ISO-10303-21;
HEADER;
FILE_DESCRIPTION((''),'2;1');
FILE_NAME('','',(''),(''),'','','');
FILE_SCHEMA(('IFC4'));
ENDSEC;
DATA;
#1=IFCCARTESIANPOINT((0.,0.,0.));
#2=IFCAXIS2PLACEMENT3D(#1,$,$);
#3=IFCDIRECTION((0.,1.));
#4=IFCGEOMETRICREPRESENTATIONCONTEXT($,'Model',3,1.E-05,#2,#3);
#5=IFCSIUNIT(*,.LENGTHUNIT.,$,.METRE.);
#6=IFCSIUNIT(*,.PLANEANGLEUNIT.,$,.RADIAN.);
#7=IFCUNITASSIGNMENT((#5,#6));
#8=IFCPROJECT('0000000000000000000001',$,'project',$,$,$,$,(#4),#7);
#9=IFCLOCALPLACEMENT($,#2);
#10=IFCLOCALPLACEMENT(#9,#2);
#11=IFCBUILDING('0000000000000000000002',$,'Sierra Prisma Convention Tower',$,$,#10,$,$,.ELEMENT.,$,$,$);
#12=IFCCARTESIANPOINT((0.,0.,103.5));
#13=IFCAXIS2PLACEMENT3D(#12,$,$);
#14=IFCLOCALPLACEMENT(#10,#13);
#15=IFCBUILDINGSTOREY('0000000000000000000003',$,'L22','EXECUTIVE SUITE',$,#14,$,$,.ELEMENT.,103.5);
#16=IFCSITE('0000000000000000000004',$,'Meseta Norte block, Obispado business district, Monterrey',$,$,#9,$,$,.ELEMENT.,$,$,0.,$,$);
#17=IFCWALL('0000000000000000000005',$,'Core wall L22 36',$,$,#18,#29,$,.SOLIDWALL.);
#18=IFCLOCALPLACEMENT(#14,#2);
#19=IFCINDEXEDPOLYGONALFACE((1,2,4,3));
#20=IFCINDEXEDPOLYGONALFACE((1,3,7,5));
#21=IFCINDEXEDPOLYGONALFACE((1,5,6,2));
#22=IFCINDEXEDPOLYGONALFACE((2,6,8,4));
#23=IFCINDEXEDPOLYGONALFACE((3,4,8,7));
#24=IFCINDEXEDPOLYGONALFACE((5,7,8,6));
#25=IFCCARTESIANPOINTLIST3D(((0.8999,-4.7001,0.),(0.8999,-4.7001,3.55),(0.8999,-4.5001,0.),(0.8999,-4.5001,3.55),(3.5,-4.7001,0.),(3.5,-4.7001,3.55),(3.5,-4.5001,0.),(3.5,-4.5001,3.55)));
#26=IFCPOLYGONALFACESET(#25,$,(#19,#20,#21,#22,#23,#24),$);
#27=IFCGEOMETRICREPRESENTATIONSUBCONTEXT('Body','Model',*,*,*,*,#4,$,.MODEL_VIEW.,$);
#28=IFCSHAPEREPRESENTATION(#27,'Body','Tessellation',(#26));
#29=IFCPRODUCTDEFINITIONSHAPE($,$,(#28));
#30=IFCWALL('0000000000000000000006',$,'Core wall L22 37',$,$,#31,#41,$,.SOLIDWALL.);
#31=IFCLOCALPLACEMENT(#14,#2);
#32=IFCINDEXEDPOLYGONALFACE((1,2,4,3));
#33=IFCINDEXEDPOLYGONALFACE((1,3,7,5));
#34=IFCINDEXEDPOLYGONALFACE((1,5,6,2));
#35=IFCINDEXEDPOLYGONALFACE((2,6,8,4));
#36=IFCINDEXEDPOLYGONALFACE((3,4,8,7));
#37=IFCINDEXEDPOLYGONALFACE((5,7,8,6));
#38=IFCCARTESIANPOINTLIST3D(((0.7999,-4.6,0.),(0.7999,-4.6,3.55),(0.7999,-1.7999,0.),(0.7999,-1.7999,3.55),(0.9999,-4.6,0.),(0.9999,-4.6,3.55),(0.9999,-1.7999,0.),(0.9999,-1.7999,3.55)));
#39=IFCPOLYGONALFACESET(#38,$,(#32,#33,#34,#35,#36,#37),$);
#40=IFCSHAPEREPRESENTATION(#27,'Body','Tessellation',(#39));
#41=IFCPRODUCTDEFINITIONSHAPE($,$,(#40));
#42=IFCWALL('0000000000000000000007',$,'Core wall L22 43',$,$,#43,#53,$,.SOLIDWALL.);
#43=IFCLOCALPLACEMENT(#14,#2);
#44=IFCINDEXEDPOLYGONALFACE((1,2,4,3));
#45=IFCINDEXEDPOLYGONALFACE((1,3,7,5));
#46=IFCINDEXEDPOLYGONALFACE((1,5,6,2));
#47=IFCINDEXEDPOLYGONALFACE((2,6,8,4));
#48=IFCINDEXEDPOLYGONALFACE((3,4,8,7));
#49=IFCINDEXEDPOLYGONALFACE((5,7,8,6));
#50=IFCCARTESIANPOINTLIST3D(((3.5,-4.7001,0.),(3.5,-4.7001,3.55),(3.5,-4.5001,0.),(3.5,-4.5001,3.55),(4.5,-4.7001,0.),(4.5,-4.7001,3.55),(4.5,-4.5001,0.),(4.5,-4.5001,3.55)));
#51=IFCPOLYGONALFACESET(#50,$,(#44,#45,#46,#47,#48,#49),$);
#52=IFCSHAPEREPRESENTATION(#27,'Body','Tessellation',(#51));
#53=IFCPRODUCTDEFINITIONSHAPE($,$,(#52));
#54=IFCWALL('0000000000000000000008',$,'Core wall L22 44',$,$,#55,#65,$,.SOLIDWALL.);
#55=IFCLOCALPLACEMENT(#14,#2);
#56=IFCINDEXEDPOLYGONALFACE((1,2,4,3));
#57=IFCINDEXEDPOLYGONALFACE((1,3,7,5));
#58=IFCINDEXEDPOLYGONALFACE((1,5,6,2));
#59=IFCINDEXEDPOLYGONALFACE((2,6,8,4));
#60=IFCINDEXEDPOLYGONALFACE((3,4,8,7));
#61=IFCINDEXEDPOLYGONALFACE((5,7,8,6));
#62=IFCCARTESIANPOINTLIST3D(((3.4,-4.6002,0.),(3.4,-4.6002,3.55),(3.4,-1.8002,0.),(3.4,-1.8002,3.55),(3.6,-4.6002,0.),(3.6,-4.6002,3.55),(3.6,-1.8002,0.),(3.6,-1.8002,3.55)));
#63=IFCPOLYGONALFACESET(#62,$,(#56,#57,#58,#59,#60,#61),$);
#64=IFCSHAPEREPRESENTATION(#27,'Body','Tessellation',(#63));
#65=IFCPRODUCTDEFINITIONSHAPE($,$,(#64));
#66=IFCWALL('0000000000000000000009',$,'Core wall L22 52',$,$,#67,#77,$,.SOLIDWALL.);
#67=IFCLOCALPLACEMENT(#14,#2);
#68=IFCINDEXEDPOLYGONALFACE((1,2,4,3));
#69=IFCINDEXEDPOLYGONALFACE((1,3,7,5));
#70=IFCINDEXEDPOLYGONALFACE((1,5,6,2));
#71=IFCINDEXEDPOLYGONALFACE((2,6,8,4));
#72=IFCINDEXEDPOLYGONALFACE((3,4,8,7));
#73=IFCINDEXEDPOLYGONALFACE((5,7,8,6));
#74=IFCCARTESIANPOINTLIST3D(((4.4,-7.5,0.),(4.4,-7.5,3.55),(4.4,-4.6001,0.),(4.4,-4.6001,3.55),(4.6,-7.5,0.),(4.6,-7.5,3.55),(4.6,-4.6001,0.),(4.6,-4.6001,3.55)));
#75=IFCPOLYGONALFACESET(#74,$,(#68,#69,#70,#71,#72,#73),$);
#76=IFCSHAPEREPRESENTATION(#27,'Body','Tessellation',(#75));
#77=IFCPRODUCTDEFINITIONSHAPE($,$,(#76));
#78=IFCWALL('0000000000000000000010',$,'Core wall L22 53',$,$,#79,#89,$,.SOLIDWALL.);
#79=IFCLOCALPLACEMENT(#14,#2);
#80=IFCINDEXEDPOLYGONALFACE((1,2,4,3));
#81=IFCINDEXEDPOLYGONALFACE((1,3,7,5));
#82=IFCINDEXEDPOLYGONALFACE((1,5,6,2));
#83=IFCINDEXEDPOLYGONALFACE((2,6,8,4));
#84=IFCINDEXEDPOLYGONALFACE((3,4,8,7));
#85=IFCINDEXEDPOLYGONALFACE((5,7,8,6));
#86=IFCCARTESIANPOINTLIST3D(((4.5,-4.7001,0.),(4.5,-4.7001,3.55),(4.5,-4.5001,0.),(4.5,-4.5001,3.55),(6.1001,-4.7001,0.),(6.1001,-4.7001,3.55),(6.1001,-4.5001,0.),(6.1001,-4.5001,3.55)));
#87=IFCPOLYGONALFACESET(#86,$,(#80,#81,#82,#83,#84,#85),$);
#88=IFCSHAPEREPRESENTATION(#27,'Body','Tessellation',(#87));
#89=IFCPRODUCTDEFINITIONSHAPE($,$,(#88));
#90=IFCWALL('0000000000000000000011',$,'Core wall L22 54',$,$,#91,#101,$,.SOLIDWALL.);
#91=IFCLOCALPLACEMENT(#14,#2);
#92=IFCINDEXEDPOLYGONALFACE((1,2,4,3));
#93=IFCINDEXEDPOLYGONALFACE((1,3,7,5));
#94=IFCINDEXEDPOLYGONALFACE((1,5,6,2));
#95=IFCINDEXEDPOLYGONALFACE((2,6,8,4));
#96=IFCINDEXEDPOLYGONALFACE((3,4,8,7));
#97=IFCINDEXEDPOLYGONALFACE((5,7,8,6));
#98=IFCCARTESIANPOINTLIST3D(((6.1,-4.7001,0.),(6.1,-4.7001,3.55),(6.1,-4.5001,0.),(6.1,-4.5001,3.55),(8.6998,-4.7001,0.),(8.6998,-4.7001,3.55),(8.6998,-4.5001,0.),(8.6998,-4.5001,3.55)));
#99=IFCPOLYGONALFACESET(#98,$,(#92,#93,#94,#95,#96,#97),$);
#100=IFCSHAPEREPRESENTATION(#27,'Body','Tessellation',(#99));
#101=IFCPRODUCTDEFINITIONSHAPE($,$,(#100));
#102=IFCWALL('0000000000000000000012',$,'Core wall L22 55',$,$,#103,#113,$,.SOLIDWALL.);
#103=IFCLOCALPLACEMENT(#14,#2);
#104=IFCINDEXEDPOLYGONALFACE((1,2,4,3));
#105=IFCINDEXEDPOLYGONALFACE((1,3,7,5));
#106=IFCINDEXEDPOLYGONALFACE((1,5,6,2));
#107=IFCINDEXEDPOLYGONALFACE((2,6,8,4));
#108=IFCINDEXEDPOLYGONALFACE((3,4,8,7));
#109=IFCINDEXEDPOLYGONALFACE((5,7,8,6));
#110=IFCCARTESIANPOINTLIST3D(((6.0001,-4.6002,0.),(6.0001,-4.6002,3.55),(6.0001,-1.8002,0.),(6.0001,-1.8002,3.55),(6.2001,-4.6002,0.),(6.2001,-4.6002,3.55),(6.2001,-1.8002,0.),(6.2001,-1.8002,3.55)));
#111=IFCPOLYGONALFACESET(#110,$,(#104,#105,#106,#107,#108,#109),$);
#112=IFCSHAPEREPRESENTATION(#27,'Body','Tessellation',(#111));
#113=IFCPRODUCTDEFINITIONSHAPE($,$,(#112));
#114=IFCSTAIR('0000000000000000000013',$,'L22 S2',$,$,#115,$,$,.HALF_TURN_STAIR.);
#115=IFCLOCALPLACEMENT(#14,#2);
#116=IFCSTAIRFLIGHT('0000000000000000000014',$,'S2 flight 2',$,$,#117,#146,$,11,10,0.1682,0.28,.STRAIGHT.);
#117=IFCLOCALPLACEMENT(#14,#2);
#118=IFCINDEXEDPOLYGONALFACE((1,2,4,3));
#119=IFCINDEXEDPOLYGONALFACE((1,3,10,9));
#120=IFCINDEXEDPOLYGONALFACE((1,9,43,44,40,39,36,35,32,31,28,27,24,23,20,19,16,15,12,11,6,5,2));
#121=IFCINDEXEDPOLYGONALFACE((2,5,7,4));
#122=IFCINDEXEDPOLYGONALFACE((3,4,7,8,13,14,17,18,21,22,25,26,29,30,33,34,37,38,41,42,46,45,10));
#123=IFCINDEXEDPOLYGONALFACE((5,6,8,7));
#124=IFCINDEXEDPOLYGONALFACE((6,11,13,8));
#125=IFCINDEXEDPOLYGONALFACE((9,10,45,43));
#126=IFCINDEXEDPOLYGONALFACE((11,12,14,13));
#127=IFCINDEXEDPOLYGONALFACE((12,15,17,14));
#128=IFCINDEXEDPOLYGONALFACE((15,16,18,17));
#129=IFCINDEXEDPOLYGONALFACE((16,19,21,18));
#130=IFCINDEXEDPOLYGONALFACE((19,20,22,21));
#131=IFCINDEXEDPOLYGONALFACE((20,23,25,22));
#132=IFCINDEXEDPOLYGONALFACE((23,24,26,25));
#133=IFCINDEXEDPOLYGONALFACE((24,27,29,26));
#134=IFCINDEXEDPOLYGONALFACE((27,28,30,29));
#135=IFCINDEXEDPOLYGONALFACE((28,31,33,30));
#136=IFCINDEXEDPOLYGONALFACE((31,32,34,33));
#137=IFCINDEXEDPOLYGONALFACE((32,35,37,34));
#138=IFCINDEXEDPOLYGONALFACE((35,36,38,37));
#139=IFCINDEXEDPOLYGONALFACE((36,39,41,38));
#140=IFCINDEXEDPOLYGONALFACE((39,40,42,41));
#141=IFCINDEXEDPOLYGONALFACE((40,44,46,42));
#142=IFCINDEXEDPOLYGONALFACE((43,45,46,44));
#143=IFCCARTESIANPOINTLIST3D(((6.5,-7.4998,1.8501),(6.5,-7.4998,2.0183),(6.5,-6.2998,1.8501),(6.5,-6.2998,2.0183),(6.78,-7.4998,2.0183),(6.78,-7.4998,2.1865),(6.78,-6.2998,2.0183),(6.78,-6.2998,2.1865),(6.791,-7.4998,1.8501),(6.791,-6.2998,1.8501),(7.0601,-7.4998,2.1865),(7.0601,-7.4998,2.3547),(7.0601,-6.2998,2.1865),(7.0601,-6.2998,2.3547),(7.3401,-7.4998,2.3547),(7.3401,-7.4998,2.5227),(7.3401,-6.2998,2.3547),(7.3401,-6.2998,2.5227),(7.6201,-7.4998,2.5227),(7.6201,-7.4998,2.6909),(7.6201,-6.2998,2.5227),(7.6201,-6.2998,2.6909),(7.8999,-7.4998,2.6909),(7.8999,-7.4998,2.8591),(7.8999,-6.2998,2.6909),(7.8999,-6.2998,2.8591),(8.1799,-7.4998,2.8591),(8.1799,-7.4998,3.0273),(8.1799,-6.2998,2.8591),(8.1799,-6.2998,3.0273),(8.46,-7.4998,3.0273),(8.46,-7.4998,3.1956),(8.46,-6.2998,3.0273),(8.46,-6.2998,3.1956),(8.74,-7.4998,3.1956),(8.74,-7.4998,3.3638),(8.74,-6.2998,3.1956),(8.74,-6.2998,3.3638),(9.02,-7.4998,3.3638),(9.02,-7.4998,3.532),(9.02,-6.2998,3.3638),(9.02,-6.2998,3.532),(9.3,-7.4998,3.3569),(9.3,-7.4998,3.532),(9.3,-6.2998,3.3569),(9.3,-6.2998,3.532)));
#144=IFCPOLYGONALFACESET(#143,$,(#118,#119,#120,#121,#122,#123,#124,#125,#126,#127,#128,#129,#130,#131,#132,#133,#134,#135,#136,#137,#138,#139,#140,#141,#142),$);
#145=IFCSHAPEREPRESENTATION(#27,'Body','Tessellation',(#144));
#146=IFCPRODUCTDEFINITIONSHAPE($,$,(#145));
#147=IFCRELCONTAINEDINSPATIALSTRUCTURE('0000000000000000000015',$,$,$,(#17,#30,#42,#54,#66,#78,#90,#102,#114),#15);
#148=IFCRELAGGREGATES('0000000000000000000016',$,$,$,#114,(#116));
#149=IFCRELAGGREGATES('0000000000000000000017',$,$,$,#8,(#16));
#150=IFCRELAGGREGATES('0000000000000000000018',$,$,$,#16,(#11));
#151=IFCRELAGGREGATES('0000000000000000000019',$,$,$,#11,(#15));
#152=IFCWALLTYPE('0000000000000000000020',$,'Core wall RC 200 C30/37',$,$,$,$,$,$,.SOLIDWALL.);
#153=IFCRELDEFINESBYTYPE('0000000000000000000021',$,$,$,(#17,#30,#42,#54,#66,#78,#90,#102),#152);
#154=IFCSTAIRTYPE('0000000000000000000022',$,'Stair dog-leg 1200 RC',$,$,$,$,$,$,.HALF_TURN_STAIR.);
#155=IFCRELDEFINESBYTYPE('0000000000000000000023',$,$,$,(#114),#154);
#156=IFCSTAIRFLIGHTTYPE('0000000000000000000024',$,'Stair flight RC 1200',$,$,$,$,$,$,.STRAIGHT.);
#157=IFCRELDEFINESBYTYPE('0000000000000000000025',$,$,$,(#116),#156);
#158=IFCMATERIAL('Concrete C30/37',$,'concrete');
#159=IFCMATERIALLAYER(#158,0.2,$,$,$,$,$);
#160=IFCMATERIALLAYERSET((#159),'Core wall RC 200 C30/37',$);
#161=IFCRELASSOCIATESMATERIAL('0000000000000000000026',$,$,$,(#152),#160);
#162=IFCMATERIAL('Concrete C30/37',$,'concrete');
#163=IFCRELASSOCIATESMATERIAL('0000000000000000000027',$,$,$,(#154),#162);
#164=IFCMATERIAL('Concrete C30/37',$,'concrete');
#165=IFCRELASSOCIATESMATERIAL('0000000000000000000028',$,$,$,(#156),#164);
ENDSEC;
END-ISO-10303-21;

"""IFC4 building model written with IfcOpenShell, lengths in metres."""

from ifc_helpers import new_model, si_unit, direction, frame, frame_2d, origin, place, context, subcontext, project, spatial, polyline, rectangle, outline, extrude, material, layer, layer_set, type_object, element, aggregate, save


model = new_model("IFC4")

# Units and contexts
model_context = context("Model", 3, precision=1e-05, world=origin(), true_north=direction((0.0, 1.0)))
body_context = subcontext(model_context, "Body", "Model", "MODEL_VIEW")
ifc_project = project(units=[si_unit("LENGTHUNIT", "METRE"), si_unit("PLANEANGLEUNIT", "RADIAN")], contexts=[model_context])

# Site, building, storey
site_placement = place(None, origin())
site = spatial("IfcSite", under=ifc_project, at=site_placement, Name="Meseta Norte block, Obispado business district, Monterrey", CompositionType="ELEMENT", RefElevation=0.0)
building_placement = place(site_placement, origin())
building = spatial("IfcBuilding", under=site, at=building_placement, Name="Sierra Prisma Convention Tower", CompositionType="ELEMENT")
storey_placement = place(building_placement, frame((0.0, 0.0, 103.5)))
storey = spatial("IfcBuildingStorey", under=building, at=storey_placement, Name="L22", Description="EXECUTIVE SUITE", CompositionType="ELEMENT", Elevation=103.5)

# Shared definitions
ifc_material_1 = material(Name="Concrete C30/37", Category="concrete")
ifc_layer = layer(ifc_material_1, 0.2)
ifc_layer_set = layer_set([ifc_layer], Name="Core wall RC 200 C30/37")
wall_type = type_object("IfcWallType", Name="Core wall RC 200 C30/37", PredefinedType="SOLIDWALL", material=ifc_layer_set)

# Walls
wall_1_placement = place(storey_placement, frame((3.5, -4.6001, 0.0), z_axis=(0.0, 0.0, 1.0), x_axis=(-1.0, 0.0, 0.0)))
element("IfcWall", 1, at=wall_1_placement, inside=storey, type_object=wall_type, Name="Core wall L22 36", PredefinedType="SOLIDWALL", context=body_context, shape_type="SweptSolid", body=[
    extrude(rectangle(XDim=2.6001, YDim=0.2, at=frame_2d((1.3, 0.0))), origin(), (0.0, 0.0, 1.0), 3.55),
])
wall_2_placement = place(storey_placement, frame((0.8999, -1.8, 0.0), z_axis=(0.0, 0.0, 1.0), x_axis=(0.0, -1.0, 0.0)))
element("IfcWall", 2, at=wall_2_placement, inside=storey, type_object=wall_type, Name="Core wall L22 37", PredefinedType="SOLIDWALL", context=body_context, shape_type="SweptSolid", body=[
    extrude(rectangle(XDim=2.8, YDim=0.2, at=frame_2d((1.3999, 0.0))), origin(), (0.0, 0.0, 1.0), 3.55),
])
wall_3_placement = place(storey_placement, frame((4.5, -4.6001, 0.0), z_axis=(0.0, 0.0, 1.0), x_axis=(-1.0, 0.0, 0.0)))
element("IfcWall", 3, at=wall_3_placement, inside=storey, type_object=wall_type, Name="Core wall L22 43", PredefinedType="SOLIDWALL", context=body_context, shape_type="SweptSolid", body=[
    extrude(rectangle(XDim=1.0, YDim=0.2, at=frame_2d((0.5, 0.0))), origin(), (0.0, 0.0, 1.0), 3.55),
])
wall_4_placement = place(storey_placement, frame((3.5, -4.6001, 0.0), z_axis=(0.0, 0.0, 1.0), x_axis=(0.0, 1.0, 0.0)))
element("IfcWall", 4, at=wall_4_placement, inside=storey, type_object=wall_type, Name="Core wall L22 44", PredefinedType="SOLIDWALL", context=body_context, shape_type="SweptSolid", body=[
    extrude(rectangle(XDim=2.8, YDim=0.2, at=frame_2d((1.3999, 0.0))), origin(), (0.0, 0.0, 1.0), 3.55),
])
wall_5_placement = place(storey_placement, frame((4.5, -7.5, 0.0), z_axis=(0.0, 0.0, 1.0), x_axis=(0.0, 1.0, 0.0)))
element("IfcWall", 5, at=wall_5_placement, inside=storey, type_object=wall_type, Name="Core wall L22 52", PredefinedType="SOLIDWALL", context=body_context, shape_type="SweptSolid", body=[
    extrude(rectangle(XDim=2.8999, YDim=0.2, at=frame_2d((1.45, 0.0))), origin(), (0.0, 0.0, 1.0), 3.55),
])
wall_6_placement = place(storey_placement, frame((4.5, -4.6001, 0.0), z_axis=(0.0, 0.0, 1.0), x_axis=(1.0, 0.0, 0.0)))
element("IfcWall", 6, at=wall_6_placement, inside=storey, type_object=wall_type, Name="Core wall L22 53", PredefinedType="SOLIDWALL", context=body_context, shape_type="SweptSolid", body=[
    extrude(rectangle(XDim=1.6001, YDim=0.2, at=frame_2d((0.8, 0.0))), origin(), (0.0, 0.0, 1.0), 3.55),
])
wall_7_placement = place(storey_placement, frame((6.1001, -4.6001, 0.0), z_axis=(0.0, 0.0, 1.0), x_axis=(1.0, 0.0, 0.0)))
element("IfcWall", 7, at=wall_7_placement, inside=storey, type_object=wall_type, Name="Core wall L22 54", PredefinedType="SOLIDWALL", context=body_context, shape_type="SweptSolid", body=[
    extrude(rectangle(XDim=2.5999, YDim=0.2, at=frame_2d((1.2998, 0.0))), origin(), (0.0, 0.0, 1.0), 3.55),
])
wall_8_placement = place(storey_placement, frame((6.1001, -4.6001, 0.0), z_axis=(0.0, 0.0, 1.0), x_axis=(0.0, 1.0, 0.0)))
element("IfcWall", 8, at=wall_8_placement, inside=storey, type_object=wall_type, Name="Core wall L22 55", PredefinedType="SOLIDWALL", context=body_context, shape_type="SweptSolid", body=[
    extrude(rectangle(XDim=2.8, YDim=0.2, at=frame_2d((1.3999, 0.0))), origin(), (0.0, 0.0, 1.0), 3.55),
])

# Stair, stair flight
ifc_material_2 = material(Name="Concrete C30/37", Category="concrete")
stair_type = type_object("IfcStairType", Name="Stair dog-leg 1200 RC", PredefinedType="HALF_TURN_STAIR", material=ifc_material_2)
stair_placement = place(storey_placement, origin())
stair = element("IfcStair", 9, at=stair_placement, inside=storey, type_object=stair_type, Name="L22 S2", PredefinedType="HALF_TURN_STAIR")
ifc_material_3 = material(Name="Concrete C30/37", Category="concrete")
stair_flight_type = type_object("IfcStairFlightType", Name="Stair flight RC 1200", PredefinedType="STRAIGHT", material=ifc_material_3)
stair_flight_placement = place(storey_placement, frame((6.5, -6.8999, 1.8501), z_axis=(0.0, 0.0, 1.0), x_axis=(1.0, 0.0, 0.0)))
stair_flight = element("IfcStairFlight", 10, at=stair_flight_placement, type_object=stair_flight_type, Name="S2 flight 2", NumberOfRisers=11, NumberOfTreads=10, PredefinedType="STRAIGHT", RiserHeight=0.1682, TreadLength=0.28, context=body_context, shape_type="SweptSolid", body=[
    extrude(outline(polyline([(0.0, 0.0), (0.0, 0.1682), (0.28, 0.1682), (0.28, 0.3364), (0.5601, 0.3364), (0.5601, 0.5046), (0.8401, 0.5046), (0.8401, 0.6726), (1.1201, 0.6726), (1.1201, 0.8408), (1.3999, 0.8408), (1.3999, 1.009), (1.6799, 1.009), (1.6799, 1.1772), (1.96, 1.1772), (1.96, 1.3455), (2.24, 1.3455), (2.24, 1.5137), (2.52, 1.5137), (2.52, 1.6819), (2.8, 1.6819), (2.8, 1.8501), (2.8, 1.5068), (0.291, 0.0), (0.0, 0.0)])), frame((0.0, 0.6001, 0.0), z_axis=(0.0, -1.0, 0.0), x_axis=(1.0, 0.0, 0.0)), (0.0, 0.0, 1.0), 1.2),
])
aggregate(stair, [stair_flight])

save(model, "model.ifc")
